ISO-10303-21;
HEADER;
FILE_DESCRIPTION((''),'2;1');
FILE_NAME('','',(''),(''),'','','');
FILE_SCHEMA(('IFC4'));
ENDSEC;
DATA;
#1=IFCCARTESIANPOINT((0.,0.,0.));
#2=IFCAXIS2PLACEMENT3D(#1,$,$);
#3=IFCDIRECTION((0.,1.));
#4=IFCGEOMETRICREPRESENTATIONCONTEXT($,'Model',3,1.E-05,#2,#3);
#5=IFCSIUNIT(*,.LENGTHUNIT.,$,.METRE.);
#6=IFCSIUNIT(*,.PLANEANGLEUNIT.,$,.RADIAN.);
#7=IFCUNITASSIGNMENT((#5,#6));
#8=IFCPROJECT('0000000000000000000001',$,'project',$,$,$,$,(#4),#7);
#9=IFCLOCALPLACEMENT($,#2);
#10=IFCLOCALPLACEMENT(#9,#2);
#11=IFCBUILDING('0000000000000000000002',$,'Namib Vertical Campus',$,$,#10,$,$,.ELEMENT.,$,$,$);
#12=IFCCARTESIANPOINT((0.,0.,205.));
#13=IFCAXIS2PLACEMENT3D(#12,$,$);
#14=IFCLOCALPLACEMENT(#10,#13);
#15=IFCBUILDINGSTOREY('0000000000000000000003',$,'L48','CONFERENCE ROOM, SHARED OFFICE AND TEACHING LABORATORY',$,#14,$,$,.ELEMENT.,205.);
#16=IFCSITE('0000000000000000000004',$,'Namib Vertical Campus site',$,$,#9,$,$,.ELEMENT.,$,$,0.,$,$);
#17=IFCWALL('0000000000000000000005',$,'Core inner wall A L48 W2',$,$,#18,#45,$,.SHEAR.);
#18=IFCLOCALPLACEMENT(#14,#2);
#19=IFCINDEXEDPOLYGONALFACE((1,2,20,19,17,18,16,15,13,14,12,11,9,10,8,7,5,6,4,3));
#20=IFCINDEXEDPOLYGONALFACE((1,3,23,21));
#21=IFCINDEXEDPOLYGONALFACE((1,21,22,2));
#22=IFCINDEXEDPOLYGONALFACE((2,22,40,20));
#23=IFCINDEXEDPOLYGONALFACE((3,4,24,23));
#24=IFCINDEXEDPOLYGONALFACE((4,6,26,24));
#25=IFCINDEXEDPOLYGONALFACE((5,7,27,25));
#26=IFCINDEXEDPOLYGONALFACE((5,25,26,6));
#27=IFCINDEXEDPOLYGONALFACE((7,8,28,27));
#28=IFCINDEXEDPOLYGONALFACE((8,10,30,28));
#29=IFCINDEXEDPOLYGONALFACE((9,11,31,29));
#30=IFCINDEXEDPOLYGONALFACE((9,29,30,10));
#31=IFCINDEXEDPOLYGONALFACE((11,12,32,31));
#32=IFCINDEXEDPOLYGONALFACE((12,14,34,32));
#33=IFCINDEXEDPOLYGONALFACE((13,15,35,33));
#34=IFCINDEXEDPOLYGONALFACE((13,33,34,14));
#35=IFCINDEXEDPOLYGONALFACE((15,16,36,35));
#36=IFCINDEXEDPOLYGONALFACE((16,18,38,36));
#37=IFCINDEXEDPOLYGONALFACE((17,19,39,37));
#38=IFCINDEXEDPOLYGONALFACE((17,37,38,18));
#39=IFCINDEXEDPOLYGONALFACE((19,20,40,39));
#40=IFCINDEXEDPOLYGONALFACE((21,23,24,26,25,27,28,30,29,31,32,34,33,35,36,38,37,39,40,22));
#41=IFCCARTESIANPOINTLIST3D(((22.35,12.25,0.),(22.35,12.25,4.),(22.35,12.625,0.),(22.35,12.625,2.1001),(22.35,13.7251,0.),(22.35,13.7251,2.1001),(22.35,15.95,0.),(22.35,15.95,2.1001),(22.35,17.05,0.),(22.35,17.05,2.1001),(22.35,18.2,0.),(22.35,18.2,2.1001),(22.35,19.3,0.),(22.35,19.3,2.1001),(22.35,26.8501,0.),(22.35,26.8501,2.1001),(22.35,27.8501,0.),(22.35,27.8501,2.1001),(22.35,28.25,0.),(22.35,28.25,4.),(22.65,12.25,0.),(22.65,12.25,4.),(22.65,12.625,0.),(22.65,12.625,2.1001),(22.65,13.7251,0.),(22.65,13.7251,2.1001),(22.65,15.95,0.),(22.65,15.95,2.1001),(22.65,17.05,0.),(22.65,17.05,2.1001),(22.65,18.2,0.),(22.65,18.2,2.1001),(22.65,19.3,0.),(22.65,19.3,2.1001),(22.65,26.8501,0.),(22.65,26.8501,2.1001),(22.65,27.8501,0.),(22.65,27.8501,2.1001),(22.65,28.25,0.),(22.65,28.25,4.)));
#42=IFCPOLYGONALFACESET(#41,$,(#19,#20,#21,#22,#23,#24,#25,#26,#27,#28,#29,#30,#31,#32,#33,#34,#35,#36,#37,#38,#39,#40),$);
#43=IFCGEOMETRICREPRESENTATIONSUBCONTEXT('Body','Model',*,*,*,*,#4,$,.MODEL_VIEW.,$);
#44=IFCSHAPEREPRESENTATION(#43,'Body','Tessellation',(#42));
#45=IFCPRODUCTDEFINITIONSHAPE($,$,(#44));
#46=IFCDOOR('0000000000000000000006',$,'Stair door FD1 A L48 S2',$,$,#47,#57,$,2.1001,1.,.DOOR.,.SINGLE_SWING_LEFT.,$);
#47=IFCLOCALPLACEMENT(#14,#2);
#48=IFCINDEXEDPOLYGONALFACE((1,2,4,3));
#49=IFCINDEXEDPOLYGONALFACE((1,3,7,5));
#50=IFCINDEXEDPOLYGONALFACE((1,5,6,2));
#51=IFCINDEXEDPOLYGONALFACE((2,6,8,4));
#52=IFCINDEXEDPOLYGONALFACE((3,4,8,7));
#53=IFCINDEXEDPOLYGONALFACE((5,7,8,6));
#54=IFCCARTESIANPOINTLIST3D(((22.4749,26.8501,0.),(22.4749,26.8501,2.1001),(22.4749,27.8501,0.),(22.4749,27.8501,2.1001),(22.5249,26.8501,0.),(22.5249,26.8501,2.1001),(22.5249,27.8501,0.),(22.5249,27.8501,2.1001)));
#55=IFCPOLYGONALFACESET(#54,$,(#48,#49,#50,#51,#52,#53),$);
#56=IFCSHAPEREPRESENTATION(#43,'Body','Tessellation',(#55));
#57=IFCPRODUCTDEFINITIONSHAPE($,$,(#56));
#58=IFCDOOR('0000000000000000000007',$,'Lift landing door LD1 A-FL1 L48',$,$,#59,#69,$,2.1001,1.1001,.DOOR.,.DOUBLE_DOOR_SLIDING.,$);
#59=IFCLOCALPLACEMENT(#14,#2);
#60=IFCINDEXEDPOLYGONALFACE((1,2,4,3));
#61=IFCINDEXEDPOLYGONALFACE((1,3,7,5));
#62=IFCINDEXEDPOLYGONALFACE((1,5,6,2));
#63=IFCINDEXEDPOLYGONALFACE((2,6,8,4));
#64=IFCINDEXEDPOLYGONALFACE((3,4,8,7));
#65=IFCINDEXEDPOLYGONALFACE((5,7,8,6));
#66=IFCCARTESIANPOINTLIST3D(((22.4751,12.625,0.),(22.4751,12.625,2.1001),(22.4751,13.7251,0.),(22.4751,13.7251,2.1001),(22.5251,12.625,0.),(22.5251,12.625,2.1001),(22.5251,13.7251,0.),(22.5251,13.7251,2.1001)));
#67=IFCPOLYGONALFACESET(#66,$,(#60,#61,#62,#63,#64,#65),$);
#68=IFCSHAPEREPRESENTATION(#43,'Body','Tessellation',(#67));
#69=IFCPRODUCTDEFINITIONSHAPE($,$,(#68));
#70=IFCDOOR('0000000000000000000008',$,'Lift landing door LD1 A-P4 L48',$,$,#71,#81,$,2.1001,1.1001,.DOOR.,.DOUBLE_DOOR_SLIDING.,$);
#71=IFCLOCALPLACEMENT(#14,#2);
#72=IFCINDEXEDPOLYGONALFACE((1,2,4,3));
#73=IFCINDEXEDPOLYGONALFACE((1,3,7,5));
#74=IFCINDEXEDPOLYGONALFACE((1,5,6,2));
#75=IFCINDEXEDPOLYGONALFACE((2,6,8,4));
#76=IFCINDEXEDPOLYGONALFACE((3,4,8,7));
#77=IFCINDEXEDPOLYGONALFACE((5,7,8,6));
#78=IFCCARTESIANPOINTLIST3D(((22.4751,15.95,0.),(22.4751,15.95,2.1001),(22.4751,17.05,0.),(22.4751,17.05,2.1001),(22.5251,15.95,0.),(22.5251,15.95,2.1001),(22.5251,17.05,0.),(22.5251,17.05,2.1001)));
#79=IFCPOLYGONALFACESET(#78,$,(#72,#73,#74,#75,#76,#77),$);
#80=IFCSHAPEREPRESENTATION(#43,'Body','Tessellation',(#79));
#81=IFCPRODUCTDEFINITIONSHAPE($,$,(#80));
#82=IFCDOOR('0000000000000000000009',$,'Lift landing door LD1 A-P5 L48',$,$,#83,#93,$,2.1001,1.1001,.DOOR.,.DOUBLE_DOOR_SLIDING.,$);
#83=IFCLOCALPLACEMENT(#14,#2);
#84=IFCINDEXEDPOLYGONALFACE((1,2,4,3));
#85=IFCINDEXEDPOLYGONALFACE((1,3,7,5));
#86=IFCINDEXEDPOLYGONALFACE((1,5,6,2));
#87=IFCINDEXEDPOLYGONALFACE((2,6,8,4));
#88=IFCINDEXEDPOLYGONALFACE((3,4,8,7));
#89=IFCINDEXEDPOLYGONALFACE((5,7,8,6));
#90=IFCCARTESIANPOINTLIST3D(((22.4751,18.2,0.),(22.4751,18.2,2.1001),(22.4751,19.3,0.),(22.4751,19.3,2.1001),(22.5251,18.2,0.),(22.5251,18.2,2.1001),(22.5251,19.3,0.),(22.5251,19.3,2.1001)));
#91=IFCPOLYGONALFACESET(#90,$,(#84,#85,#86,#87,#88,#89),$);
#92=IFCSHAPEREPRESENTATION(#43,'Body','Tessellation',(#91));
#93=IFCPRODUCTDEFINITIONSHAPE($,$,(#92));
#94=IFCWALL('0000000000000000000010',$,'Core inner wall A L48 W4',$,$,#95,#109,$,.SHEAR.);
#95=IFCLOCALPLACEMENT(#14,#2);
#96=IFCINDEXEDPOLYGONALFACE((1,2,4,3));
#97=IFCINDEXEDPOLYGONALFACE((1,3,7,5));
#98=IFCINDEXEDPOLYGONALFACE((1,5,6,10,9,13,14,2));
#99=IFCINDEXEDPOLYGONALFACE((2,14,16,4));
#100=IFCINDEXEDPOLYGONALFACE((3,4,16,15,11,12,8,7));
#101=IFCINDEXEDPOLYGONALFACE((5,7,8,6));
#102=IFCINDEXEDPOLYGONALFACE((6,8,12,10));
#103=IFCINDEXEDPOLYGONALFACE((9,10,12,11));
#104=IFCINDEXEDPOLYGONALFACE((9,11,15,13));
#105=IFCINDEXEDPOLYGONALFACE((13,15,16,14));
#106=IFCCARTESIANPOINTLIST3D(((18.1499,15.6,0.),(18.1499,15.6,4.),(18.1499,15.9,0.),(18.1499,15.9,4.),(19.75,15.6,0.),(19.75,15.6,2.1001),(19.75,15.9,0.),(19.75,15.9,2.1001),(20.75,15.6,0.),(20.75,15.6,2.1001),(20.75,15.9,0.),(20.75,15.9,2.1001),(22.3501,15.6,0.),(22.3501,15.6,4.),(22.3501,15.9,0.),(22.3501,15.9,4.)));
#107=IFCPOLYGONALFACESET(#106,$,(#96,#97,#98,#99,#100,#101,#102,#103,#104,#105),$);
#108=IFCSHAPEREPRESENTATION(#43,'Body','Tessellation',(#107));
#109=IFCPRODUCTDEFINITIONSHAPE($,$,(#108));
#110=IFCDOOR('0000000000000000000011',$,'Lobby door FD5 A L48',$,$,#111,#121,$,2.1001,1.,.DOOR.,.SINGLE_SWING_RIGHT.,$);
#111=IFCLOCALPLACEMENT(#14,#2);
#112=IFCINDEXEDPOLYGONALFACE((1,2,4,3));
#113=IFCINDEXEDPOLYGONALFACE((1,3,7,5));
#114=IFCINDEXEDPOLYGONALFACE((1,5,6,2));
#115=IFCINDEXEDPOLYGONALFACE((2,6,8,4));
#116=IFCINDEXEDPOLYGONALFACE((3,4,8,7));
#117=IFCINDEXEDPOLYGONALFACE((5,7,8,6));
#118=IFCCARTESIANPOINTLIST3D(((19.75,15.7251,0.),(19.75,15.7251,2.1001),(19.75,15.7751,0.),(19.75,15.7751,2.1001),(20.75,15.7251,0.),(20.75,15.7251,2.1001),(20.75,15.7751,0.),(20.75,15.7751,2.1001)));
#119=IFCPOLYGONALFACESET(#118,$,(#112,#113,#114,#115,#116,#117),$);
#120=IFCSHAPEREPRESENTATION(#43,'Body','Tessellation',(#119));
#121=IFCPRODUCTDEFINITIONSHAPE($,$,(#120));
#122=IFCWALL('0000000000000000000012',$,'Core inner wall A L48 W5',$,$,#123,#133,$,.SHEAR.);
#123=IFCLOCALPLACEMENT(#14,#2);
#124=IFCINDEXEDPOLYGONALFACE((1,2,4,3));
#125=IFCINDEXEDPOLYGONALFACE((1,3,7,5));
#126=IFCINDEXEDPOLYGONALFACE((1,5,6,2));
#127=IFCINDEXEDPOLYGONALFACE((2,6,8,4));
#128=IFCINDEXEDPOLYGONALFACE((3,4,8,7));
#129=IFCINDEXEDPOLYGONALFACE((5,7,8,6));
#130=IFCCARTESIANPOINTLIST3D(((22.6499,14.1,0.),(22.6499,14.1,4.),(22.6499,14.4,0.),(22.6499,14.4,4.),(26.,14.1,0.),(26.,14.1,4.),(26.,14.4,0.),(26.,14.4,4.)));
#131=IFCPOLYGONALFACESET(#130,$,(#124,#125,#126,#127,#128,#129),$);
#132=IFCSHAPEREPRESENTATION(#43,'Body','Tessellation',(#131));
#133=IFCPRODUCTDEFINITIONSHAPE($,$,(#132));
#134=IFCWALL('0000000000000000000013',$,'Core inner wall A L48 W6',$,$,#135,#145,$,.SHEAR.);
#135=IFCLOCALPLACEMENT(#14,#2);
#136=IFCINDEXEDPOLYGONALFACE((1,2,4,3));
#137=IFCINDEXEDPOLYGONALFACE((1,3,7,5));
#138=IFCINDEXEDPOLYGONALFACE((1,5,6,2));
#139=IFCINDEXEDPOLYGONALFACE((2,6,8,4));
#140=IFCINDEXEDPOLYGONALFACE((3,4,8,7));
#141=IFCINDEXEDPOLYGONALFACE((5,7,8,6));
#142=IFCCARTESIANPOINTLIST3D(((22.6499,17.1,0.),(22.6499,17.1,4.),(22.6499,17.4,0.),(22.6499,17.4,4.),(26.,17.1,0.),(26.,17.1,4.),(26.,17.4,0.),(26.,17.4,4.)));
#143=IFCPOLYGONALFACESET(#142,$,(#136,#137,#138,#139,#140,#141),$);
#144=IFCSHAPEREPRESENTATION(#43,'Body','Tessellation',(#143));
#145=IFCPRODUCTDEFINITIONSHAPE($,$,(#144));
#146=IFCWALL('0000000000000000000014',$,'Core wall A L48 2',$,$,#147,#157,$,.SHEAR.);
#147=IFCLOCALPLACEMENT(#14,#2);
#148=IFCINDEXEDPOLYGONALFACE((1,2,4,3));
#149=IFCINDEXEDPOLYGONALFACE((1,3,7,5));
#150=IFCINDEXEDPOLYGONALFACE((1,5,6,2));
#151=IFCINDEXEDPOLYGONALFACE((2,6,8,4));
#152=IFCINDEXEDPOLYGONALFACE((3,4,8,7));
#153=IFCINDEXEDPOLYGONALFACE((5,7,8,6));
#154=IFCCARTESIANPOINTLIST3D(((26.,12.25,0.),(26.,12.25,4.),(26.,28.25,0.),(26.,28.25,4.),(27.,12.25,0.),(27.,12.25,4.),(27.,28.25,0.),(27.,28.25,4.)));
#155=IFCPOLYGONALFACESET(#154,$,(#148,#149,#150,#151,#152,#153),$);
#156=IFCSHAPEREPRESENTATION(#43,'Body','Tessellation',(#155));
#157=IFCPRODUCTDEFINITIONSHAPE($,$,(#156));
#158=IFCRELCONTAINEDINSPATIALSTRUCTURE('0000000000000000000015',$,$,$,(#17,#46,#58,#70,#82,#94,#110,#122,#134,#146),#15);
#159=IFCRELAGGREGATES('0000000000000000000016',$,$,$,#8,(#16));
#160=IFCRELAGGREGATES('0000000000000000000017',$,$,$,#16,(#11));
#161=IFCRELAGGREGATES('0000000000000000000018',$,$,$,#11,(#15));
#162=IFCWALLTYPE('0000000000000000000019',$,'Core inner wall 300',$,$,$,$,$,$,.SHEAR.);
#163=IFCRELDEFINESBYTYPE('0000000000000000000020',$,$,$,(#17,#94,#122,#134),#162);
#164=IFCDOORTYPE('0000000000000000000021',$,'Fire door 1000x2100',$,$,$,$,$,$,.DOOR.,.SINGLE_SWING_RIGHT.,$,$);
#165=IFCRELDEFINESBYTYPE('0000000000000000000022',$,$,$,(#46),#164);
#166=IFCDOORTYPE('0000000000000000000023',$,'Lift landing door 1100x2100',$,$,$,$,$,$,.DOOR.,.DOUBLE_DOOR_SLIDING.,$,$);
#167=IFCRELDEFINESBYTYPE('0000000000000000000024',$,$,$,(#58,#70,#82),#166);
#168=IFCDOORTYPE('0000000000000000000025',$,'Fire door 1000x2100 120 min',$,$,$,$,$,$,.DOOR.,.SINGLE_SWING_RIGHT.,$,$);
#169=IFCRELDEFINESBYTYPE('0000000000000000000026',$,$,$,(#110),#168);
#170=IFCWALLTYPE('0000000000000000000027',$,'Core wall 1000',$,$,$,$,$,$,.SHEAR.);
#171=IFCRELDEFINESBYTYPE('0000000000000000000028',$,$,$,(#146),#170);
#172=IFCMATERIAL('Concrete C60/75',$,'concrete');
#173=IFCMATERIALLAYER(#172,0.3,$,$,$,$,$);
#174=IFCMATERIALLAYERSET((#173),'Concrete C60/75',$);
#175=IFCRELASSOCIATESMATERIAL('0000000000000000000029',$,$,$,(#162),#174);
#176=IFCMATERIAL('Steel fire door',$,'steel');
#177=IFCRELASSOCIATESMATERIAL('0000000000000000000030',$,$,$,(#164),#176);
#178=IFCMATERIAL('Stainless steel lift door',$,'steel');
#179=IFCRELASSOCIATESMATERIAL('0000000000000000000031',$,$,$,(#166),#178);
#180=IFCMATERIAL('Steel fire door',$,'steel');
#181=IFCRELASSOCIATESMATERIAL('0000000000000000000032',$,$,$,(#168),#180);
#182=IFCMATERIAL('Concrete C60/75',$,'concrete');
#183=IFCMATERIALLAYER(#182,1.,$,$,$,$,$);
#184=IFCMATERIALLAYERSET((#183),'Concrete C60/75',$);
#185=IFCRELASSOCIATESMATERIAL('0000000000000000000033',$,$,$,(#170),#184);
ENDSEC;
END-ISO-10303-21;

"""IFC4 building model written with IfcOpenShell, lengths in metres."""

from ifc_helpers import new_model, si_unit, direction, frame, frame_2d, origin, place, context, subcontext, project, spatial, rectangle, extrude, material, layer, layer_set, type_object, element, fill, save


model = new_model("IFC4")

# Units and contexts
model_context = context("Model", 3, precision=1e-05, world=origin(), true_north=direction((0.0, 1.0)))
body_context = subcontext(model_context, "Body", "Model", "MODEL_VIEW")
ifc_project = project(units=[si_unit("LENGTHUNIT", "METRE"), si_unit("PLANEANGLEUNIT", "RADIAN")], contexts=[model_context])

# Site, building, storey
site_placement = place(None, origin())
site = spatial("IfcSite", under=ifc_project, at=site_placement, Name="Namib Vertical Campus site", CompositionType="ELEMENT", RefElevation=0.0)
building_placement = place(site_placement, origin())
building = spatial("IfcBuilding", under=site, at=building_placement, Name="Namib Vertical Campus", CompositionType="ELEMENT")
storey_placement = place(building_placement, frame((0.0, 0.0, 205.0)))
storey = spatial("IfcBuildingStorey", under=building, at=storey_placement, Name="L48", Description="CONFERENCE ROOM, SHARED OFFICE AND TEACHING LABORATORY", CompositionType="ELEMENT", Elevation=205.0)

# Wall, openings, doors
ifc_material_1 = material(Name="Concrete C60/75", Category="concrete")
ifc_layer_1 = layer(ifc_material_1, 0.3)
ifc_layer_set_1 = layer_set([ifc_layer_1], Name="Concrete C60/75")
wall_type_1 = type_object("IfcWallType", Name="Core inner wall 300", PredefinedType="SHEAR", material=ifc_layer_set_1)
ifc_material_2 = material(Name="Steel fire door", Category="steel")
door_type_1 = type_object("IfcDoorType", Name="Fire door 1000x2100", OperationType="SINGLE_SWING_RIGHT", PredefinedType="DOOR", material=ifc_material_2)
ifc_material_3 = material(Name="Stainless steel lift door", Category="steel")
door_type_2 = type_object("IfcDoorType", Name="Lift landing door 1100x2100", OperationType="DOUBLE_DOOR_SLIDING", PredefinedType="DOOR", material=ifc_material_3)
wall_1_placement = place(storey_placement, frame((22.5, 12.25, 0.0), z_axis=(0.0, 0.0, 1.0), x_axis=(0.0, 1.0, 0.0)))
wall_1 = element("IfcWall", 1, at=wall_1_placement, inside=storey, type_object=wall_type_1, Name="Core inner wall A L48 W2", PredefinedType="SHEAR", context=body_context, shape_type="SweptSolid", body=[
    extrude(rectangle(XDim=16.0, YDim=0.3, at=frame_2d((8.0, 0.0))), origin(), (0.0, 0.0, 1.0), 4.0),
])
opening_1_placement = place(wall_1_placement, frame((14.6001, 0.0, 0.0)))
opening_1 = element("IfcOpeningElement", 2, at=opening_1_placement, cuts=wall_1, PredefinedType="OPENING", context=body_context, shape_type="SweptSolid", body=[
    extrude(rectangle(XDim=1.0, YDim=2.1001, at=frame_2d((0.5, 1.05))), frame((0.0, 0.1599, 0.0), z_axis=(0.0, -1.0, 0.0), x_axis=(1.0, 0.0, 0.0)), (0.0, 0.0, 1.0), 0.3201),
])
opening_2_placement = place(wall_1_placement, frame((0.375, 0.0, 0.0)))
opening_2 = element("IfcOpeningElement", 3, at=opening_2_placement, cuts=wall_1, PredefinedType="OPENING", context=body_context, shape_type="SweptSolid", body=[
    extrude(rectangle(XDim=1.1001, YDim=2.1001, at=frame_2d((0.55, 1.05))), frame((0.0, 0.1599, 0.0), z_axis=(0.0, -1.0, 0.0), x_axis=(1.0, 0.0, 0.0)), (0.0, 0.0, 1.0), 0.3201),
])
opening_3_placement = place(wall_1_placement, frame((3.7, 0.0, 0.0)))
opening_3 = element("IfcOpeningElement", 4, at=opening_3_placement, cuts=wall_1, PredefinedType="OPENING", context=body_context, shape_type="SweptSolid", body=[
    extrude(rectangle(XDim=1.1001, YDim=2.1001, at=frame_2d((0.55, 1.05))), frame((0.0, 0.1599, 0.0), z_axis=(0.0, -1.0, 0.0), x_axis=(1.0, 0.0, 0.0)), (0.0, 0.0, 1.0), 0.3201),
])
opening_4_placement = place(wall_1_placement, frame((5.95, 0.0, 0.0)))
opening_4 = element("IfcOpeningElement", 5, at=opening_4_placement, cuts=wall_1, PredefinedType="OPENING", context=body_context, shape_type="SweptSolid", body=[
    extrude(rectangle(XDim=1.1001, YDim=2.1001, at=frame_2d((0.55, 1.05))), frame((0.0, 0.1599, 0.0), z_axis=(0.0, -1.0, 0.0), x_axis=(1.0, 0.0, 0.0)), (0.0, 0.0, 1.0), 0.3201),
])
door_1_placement = place(opening_1_placement, frame((1.0, 0.0, 0.0), z_axis=(0.0, 0.0, 1.0), x_axis=(-1.0, 0.0, 0.0)))
door_1 = element("IfcDoor", 6, at=door_1_placement, inside=storey, type_object=door_type_1, Name="Stair door FD1 A L48 S2", OperationType="SINGLE_SWING_LEFT", OverallHeight=2.1001, OverallWidth=1.0, PredefinedType="DOOR", context=body_context, shape_type="SweptSolid", body=[
    extrude(rectangle(XDim=1.0, YDim=2.1001, at=frame_2d((0.5, 1.05))), frame((0.0, 0.0249, 0.0), z_axis=(0.0, -1.0, 0.0), x_axis=(1.0, 0.0, 0.0)), (0.0, 0.0, 1.0), 0.05),
])
fill(opening_1, door_1)
door_2_placement = place(opening_2_placement, origin())
door_2 = element("IfcDoor", 7, at=door_2_placement, inside=storey, type_object=door_type_2, Name="Lift landing door LD1 A-FL1 L48", OperationType="DOUBLE_DOOR_SLIDING", OverallHeight=2.1001, OverallWidth=1.1001, PredefinedType="DOOR", context=body_context, shape_type="SweptSolid", body=[
    extrude(rectangle(XDim=1.1001, YDim=2.1001, at=frame_2d((0.55, 1.05))), frame((0.0, 0.0249, 0.0), z_axis=(0.0, -1.0, 0.0), x_axis=(1.0, 0.0, 0.0)), (0.0, 0.0, 1.0), 0.05),
])
fill(opening_2, door_2)
door_3_placement = place(opening_3_placement, origin())
door_3 = element("IfcDoor", 8, at=door_3_placement, inside=storey, type_object=door_type_2, Name="Lift landing door LD1 A-P4 L48", OperationType="DOUBLE_DOOR_SLIDING", OverallHeight=2.1001, OverallWidth=1.1001, PredefinedType="DOOR", context=body_context, shape_type="SweptSolid", body=[
    extrude(rectangle(XDim=1.1001, YDim=2.1001, at=frame_2d((0.55, 1.05))), frame((0.0, 0.0249, 0.0), z_axis=(0.0, -1.0, 0.0), x_axis=(1.0, 0.0, 0.0)), (0.0, 0.0, 1.0), 0.05),
])
fill(opening_3, door_3)
door_4_placement = place(opening_4_placement, origin())
door_4 = element("IfcDoor", 9, at=door_4_placement, inside=storey, type_object=door_type_2, Name="Lift landing door LD1 A-P5 L48", OperationType="DOUBLE_DOOR_SLIDING", OverallHeight=2.1001, OverallWidth=1.1001, PredefinedType="DOOR", context=body_context, shape_type="SweptSolid", body=[
    extrude(rectangle(XDim=1.1001, YDim=2.1001, at=frame_2d((0.55, 1.05))), frame((0.0, 0.0249, 0.0), z_axis=(0.0, -1.0, 0.0), x_axis=(1.0, 0.0, 0.0)), (0.0, 0.0, 1.0), 0.05),
])
fill(opening_4, door_4)

# Wall, opening, door
wall_2_placement = place(storey_placement, frame((18.1499, 15.75, 0.0), z_axis=(0.0, 0.0, 1.0), x_axis=(1.0, 0.0, 0.0)))
wall_2 = element("IfcWall", 10, at=wall_2_placement, inside=storey, type_object=wall_type_1, Name="Core inner wall A L48 W4", PredefinedType="SHEAR", context=body_context, shape_type="SweptSolid", body=[
    extrude(rectangle(XDim=4.2002, YDim=0.3, at=frame_2d((2.1001, 0.0))), origin(), (0.0, 0.0, 1.0), 4.0),
])
opening_5_placement = place(wall_2_placement, frame((1.6001, 0.0, 0.0)))
opening_5 = element("IfcOpeningElement", 11, at=opening_5_placement, cuts=wall_2, PredefinedType="OPENING", context=body_context, shape_type="SweptSolid", body=[
    extrude(rectangle(XDim=1.0, YDim=2.1001, at=frame_2d((0.5, 1.05))), frame((0.0, 0.1599, 0.0), z_axis=(0.0, -1.0, 0.0), x_axis=(1.0, 0.0, 0.0)), (0.0, 0.0, 1.0), 0.3201),
])
ifc_material_4 = material(Name="Steel fire door", Category="steel")
door_type_3 = type_object("IfcDoorType", Name="Fire door 1000x2100 120 min", OperationType="SINGLE_SWING_RIGHT", PredefinedType="DOOR", material=ifc_material_4)
door_5_placement = place(opening_5_placement, frame((1.0, 0.0, 0.0), z_axis=(0.0, 0.0, 1.0), x_axis=(-1.0, 0.0, 0.0)))
door_5 = element("IfcDoor", 12, at=door_5_placement, inside=storey, type_object=door_type_3, Name="Lobby door FD5 A L48", OperationType="SINGLE_SWING_RIGHT", OverallHeight=2.1001, OverallWidth=1.0, PredefinedType="DOOR", context=body_context, shape_type="SweptSolid", body=[
    extrude(rectangle(XDim=1.0, YDim=2.1001, at=frame_2d((0.5, 1.05))), frame((0.0, 0.0249, 0.0), z_axis=(0.0, -1.0, 0.0), x_axis=(1.0, 0.0, 0.0)), (0.0, 0.0, 1.0), 0.05),
])
fill(opening_5, door_5)

# Walls
for number, where, z_axis, x_axis, name in (
    (13, (22.6499, 14.25, 0.0), (0.0, 0.0, 1.0), (1.0, 0.0, 0.0), "Core inner wall A L48 W5"),
    (14, (22.6499, 17.25, 0.0), (0.0, 0.0, 1.0), (1.0, 0.0, 0.0), "Core inner wall A L48 W6"),
):
    element("IfcWall", number, at=place(storey_placement, frame(where, z_axis=z_axis, x_axis=x_axis)), inside=storey, type_object=wall_type_1, Name=name, PredefinedType="SHEAR", context=body_context, shape_type="SweptSolid", body=[
        extrude(rectangle(XDim=3.3501, YDim=0.3, at=frame_2d((1.675, 0.0))), origin(), (0.0, 0.0, 1.0), 4.0),
    ])
ifc_material_5 = material(Name="Concrete C60/75", Category="concrete")
ifc_layer_2 = layer(ifc_material_5, 1.0)
ifc_layer_set_2 = layer_set([ifc_layer_2], Name="Concrete C60/75")
wall_type_2 = type_object("IfcWallType", Name="Core wall 1000", PredefinedType="SHEAR", material=ifc_layer_set_2)
wall_3_placement = place(storey_placement, frame((26.5, 12.25, 0.0), z_axis=(0.0, 0.0, 1.0), x_axis=(0.0, 1.0, 0.0)))
element("IfcWall", 15, at=wall_3_placement, inside=storey, type_object=wall_type_2, Name="Core wall A L48 2", PredefinedType="SHEAR", context=body_context, shape_type="SweptSolid", body=[
    extrude(rectangle(XDim=16.0, YDim=1.0, at=frame_2d((8.0, 0.0))), origin(), (0.0, 0.0, 1.0), 4.0),
])

save(model, "model.ifc")
